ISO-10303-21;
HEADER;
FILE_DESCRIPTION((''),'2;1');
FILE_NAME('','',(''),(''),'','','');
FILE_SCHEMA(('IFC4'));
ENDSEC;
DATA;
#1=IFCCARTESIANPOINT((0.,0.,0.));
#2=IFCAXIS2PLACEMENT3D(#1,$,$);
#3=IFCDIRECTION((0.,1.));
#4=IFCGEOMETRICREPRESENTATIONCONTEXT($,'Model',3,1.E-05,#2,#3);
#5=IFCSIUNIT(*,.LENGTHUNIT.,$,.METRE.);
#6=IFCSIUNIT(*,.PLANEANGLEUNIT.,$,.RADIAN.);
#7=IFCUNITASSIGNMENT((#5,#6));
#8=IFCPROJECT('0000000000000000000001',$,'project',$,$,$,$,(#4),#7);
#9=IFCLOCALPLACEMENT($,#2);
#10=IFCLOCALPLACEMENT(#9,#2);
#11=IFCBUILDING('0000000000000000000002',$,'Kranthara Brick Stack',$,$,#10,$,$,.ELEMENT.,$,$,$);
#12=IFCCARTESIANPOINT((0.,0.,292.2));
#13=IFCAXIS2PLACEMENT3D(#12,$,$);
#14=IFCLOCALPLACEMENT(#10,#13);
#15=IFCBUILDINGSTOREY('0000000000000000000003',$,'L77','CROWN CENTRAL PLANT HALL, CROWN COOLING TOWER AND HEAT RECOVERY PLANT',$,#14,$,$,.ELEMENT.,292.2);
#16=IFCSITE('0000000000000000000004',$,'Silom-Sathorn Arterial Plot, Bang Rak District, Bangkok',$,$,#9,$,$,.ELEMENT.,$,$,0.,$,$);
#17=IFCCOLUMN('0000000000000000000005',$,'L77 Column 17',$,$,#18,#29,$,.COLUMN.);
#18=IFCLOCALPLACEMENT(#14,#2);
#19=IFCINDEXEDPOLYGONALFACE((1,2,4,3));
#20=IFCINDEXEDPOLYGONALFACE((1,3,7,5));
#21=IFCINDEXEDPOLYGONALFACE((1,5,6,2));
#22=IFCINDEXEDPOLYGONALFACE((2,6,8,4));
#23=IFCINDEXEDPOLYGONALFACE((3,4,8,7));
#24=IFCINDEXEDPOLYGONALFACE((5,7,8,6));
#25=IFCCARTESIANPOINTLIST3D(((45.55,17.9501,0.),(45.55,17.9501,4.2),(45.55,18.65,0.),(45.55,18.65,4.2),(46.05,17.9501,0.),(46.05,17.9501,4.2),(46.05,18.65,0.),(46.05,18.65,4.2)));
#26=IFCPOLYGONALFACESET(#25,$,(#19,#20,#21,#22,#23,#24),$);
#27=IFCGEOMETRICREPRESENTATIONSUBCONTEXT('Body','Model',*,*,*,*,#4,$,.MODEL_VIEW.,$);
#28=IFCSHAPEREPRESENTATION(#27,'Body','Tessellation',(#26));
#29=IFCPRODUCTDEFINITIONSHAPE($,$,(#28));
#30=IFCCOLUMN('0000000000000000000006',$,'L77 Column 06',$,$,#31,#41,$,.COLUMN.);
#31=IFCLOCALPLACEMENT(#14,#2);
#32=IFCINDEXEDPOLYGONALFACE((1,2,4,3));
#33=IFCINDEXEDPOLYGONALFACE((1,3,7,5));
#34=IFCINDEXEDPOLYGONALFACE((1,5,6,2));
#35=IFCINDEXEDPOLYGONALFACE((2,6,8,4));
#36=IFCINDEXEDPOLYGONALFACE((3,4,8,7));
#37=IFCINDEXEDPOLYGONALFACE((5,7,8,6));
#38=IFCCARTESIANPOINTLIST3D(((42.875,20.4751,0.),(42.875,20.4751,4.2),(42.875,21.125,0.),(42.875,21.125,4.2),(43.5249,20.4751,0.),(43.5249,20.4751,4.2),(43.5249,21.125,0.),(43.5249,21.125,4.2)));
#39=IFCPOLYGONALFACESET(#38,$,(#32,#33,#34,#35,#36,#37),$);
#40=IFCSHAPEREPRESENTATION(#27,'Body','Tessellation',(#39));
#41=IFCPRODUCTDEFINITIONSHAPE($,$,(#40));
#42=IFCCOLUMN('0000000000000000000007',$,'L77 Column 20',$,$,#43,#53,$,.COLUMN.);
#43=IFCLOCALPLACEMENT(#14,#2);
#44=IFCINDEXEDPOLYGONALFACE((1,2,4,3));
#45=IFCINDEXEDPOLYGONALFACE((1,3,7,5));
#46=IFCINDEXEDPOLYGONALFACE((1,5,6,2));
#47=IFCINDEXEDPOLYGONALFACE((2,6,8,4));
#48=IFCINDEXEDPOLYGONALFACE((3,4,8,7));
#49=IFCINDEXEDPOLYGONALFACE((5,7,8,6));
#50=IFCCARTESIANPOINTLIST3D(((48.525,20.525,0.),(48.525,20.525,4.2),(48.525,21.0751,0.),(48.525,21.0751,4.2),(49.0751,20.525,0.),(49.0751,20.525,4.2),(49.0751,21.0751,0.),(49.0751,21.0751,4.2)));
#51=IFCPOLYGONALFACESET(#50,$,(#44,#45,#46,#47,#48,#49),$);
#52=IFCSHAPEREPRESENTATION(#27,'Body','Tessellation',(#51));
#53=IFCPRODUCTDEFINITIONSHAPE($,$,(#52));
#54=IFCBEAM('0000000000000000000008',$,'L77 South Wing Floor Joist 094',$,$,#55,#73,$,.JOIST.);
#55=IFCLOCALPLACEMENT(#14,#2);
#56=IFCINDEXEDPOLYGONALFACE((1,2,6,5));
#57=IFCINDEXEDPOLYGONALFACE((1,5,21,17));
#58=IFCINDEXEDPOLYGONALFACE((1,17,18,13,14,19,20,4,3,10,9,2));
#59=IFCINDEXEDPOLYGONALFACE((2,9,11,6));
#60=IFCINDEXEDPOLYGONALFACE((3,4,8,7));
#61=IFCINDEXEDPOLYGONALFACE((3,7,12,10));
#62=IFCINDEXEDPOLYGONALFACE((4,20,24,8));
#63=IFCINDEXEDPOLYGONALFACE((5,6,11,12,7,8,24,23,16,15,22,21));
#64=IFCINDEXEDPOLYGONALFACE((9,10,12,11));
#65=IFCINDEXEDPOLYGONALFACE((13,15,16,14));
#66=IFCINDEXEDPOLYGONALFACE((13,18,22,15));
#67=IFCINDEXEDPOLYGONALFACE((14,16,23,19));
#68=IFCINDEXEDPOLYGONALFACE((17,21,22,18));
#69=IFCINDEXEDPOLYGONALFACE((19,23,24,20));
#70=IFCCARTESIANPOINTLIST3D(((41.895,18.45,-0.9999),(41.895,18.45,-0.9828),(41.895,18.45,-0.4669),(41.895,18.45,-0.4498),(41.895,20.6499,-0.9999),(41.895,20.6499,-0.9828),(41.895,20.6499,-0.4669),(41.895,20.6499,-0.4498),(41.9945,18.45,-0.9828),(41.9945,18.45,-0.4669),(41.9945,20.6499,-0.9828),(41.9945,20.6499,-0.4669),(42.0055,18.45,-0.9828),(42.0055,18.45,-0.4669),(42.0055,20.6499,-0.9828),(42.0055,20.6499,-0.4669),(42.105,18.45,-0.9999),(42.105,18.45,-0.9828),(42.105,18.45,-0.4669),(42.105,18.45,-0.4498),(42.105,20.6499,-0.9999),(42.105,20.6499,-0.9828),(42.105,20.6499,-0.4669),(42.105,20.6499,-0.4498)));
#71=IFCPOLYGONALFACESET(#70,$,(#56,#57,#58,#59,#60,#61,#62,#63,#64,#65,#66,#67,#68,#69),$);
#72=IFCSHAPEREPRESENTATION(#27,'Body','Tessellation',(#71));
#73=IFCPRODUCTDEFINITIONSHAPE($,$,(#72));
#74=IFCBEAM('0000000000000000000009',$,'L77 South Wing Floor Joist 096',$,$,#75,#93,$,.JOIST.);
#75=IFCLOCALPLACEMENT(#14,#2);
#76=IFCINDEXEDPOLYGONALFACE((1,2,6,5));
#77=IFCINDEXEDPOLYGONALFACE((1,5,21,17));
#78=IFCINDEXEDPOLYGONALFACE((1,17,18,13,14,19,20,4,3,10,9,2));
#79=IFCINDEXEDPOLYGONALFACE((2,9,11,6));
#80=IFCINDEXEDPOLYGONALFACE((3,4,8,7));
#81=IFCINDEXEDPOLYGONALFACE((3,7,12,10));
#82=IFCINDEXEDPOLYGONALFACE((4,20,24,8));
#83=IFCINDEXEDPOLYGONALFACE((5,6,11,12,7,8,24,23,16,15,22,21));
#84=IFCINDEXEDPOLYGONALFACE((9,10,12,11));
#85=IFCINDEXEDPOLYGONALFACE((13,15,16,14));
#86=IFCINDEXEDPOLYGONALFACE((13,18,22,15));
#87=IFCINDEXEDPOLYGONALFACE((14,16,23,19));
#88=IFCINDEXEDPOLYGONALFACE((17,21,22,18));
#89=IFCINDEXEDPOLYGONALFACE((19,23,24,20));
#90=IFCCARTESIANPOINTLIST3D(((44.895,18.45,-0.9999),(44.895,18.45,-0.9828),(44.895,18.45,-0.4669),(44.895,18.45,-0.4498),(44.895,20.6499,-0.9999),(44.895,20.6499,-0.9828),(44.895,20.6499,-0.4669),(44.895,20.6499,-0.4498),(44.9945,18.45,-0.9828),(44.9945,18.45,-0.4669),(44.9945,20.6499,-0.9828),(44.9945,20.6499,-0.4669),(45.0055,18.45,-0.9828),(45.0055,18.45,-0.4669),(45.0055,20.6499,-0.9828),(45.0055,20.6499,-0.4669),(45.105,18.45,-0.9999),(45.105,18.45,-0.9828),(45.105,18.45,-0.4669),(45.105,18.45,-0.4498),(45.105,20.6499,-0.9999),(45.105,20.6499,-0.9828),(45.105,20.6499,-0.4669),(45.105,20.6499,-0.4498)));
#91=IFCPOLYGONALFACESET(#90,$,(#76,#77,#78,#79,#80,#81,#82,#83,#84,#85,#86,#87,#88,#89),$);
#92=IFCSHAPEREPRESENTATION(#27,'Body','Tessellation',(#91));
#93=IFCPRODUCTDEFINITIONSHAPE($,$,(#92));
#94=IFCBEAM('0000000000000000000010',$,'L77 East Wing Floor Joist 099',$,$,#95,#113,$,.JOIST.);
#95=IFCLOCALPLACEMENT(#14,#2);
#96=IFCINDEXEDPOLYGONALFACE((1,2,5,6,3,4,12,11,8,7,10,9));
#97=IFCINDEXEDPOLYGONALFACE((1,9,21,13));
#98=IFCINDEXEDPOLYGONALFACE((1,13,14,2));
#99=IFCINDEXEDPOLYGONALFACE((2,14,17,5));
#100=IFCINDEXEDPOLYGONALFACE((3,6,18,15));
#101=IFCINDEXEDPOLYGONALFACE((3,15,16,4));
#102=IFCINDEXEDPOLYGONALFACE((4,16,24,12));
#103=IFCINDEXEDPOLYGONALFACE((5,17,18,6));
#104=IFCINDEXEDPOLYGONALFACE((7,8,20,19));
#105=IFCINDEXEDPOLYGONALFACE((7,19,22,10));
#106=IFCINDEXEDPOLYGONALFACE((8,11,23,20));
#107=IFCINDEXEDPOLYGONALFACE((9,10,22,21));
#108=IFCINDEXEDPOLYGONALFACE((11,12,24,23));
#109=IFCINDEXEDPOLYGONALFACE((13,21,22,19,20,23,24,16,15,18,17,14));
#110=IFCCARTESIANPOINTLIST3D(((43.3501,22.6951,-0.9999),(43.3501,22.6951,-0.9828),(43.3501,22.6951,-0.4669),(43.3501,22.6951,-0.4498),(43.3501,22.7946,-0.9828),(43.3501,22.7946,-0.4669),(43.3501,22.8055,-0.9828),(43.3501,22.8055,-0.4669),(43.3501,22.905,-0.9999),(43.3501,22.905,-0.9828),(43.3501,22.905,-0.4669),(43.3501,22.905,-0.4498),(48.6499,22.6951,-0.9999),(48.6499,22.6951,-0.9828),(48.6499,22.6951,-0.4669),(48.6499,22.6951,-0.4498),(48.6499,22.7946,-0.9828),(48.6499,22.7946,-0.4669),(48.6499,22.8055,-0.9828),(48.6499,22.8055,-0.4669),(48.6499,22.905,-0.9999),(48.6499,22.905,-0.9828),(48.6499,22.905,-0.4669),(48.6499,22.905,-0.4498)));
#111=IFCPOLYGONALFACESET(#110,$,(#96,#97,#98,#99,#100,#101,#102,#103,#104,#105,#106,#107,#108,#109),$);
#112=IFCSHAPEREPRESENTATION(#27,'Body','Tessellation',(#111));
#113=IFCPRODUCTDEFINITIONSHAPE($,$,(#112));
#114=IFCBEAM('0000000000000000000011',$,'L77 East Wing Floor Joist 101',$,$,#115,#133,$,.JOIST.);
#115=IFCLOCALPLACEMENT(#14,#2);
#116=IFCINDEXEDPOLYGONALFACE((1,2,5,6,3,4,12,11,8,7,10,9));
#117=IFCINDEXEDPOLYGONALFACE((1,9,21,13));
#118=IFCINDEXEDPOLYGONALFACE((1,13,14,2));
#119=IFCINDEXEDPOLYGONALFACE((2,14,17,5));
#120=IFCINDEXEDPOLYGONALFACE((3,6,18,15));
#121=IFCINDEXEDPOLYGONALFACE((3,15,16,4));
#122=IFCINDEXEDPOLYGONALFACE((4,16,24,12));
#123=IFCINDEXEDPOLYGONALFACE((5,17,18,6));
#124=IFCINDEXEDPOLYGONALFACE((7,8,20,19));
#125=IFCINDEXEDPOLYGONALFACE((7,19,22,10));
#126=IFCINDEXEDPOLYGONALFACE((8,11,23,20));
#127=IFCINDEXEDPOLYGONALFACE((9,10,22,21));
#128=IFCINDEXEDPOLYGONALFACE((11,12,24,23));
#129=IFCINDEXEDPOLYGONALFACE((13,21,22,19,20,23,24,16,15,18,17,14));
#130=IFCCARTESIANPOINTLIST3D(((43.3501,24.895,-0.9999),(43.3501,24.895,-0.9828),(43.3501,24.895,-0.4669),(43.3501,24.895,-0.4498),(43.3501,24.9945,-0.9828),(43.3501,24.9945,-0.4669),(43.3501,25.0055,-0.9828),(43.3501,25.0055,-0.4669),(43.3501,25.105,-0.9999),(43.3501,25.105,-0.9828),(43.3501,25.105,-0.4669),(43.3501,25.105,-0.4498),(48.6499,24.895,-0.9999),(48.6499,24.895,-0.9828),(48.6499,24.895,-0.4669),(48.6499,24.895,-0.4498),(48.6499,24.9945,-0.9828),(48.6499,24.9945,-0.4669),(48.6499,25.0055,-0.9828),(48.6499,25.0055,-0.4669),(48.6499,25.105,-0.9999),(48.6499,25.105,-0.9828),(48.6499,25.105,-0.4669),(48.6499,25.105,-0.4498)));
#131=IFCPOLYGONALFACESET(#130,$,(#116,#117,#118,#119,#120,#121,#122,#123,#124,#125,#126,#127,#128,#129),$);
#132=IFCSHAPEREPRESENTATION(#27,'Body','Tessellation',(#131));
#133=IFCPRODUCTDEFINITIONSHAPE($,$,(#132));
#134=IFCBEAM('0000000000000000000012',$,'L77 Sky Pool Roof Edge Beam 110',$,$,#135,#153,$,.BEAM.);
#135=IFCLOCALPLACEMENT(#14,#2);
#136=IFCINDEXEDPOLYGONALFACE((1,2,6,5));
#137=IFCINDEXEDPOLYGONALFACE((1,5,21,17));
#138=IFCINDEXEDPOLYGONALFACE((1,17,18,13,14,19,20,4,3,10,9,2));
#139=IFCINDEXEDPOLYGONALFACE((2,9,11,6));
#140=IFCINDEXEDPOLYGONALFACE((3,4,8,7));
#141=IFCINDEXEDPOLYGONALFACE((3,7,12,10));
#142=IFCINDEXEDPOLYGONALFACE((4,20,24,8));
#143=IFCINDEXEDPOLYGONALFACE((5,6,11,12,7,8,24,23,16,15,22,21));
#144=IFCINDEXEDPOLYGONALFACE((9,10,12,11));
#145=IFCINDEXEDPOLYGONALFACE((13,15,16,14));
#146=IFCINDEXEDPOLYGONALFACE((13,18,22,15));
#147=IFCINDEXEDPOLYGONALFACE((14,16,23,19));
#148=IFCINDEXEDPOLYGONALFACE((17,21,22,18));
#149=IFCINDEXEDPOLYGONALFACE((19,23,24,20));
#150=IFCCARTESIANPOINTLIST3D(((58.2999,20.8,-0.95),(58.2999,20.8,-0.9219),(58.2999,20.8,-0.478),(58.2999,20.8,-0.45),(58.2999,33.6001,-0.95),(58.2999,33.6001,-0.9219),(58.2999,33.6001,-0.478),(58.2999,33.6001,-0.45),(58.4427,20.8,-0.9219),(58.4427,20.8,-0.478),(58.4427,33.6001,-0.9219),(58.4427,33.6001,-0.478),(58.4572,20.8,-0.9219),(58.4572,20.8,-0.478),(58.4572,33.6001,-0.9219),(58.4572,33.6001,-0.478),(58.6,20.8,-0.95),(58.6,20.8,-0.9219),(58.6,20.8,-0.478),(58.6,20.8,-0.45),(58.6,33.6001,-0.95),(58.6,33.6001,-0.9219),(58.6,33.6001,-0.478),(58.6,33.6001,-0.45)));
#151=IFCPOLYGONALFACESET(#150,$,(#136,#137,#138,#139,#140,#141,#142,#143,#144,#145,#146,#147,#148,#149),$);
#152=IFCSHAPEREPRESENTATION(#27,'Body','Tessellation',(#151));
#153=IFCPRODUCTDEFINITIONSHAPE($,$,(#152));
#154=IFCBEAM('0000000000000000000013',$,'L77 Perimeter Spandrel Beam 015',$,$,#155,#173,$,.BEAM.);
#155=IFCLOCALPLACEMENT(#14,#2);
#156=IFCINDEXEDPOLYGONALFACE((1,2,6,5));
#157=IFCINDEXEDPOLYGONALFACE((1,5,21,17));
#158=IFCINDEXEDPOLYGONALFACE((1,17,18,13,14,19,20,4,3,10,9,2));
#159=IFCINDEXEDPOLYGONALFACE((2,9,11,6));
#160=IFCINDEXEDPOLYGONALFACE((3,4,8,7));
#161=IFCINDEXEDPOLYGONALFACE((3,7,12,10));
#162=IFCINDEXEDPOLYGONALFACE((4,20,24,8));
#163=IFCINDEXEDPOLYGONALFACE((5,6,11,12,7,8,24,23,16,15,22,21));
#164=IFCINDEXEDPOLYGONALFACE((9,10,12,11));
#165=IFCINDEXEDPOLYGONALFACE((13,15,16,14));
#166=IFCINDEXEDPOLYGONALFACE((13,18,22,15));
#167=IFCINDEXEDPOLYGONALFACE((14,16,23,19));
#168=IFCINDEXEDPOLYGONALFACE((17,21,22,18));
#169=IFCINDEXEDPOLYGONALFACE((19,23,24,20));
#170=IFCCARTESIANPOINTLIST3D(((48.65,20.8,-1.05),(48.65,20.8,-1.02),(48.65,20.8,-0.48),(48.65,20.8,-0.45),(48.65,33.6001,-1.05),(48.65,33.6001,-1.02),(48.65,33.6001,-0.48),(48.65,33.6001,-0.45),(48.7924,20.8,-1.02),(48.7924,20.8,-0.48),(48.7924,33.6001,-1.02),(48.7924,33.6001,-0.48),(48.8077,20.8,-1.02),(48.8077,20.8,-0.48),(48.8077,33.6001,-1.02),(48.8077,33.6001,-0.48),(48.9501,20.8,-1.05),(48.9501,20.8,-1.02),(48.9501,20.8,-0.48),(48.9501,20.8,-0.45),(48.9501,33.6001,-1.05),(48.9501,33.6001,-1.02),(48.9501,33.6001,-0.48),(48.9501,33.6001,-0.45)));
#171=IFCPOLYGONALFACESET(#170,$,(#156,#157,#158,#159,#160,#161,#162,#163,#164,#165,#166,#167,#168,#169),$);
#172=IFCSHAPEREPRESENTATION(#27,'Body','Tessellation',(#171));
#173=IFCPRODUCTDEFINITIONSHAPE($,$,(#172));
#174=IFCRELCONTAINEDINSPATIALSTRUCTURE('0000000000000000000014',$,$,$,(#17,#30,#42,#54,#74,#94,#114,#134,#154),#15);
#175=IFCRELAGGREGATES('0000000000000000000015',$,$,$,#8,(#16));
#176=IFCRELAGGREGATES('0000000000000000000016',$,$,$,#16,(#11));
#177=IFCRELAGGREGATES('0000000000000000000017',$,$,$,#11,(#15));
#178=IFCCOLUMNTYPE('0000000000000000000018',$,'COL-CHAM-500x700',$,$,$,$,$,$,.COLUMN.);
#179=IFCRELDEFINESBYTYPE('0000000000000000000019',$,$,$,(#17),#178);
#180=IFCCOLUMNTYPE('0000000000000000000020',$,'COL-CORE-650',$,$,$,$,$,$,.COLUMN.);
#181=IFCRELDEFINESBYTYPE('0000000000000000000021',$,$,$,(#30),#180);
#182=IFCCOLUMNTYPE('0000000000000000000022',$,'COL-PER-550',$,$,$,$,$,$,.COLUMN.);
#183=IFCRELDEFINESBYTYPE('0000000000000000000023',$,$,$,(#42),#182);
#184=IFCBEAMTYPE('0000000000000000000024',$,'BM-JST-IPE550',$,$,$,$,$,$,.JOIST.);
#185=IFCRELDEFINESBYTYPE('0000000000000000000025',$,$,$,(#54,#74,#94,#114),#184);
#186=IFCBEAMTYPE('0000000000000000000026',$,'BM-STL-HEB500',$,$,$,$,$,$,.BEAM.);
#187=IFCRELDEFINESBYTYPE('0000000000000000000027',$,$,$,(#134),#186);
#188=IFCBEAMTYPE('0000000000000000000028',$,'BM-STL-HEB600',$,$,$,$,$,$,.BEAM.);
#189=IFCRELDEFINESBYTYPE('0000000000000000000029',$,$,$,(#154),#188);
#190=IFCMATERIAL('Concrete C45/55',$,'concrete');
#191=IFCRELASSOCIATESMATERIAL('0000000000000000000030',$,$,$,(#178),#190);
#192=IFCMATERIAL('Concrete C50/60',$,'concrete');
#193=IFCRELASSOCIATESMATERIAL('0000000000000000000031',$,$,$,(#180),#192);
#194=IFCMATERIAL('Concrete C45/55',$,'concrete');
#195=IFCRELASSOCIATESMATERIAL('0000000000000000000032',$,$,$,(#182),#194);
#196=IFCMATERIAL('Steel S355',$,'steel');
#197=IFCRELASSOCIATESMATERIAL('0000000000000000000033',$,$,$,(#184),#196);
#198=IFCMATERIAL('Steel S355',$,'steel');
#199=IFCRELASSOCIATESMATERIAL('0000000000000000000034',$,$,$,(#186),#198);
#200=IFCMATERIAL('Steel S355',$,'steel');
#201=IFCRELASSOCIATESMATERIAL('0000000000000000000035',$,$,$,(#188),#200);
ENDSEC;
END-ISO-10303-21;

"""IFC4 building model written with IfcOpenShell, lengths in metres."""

from ifc_helpers import new_model, si_unit, direction, frame, origin, origin_2d, place, context, subcontext, project, spatial, rectangle, i_section, extrude, material, material_profile, profile_set, type_object, element, save


model = new_model("IFC4")

# Units and contexts
model_context = context("Model", 3, precision=1e-05, world=origin(), true_north=direction((0.0, 1.0)))
body_context = subcontext(model_context, "Body", "Model", "MODEL_VIEW")
ifc_project = project(units=[si_unit("LENGTHUNIT", "METRE"), si_unit("PLANEANGLEUNIT", "RADIAN")], contexts=[model_context])

# Site, building, storey
site_placement = place(None, origin())
site = spatial("IfcSite", under=ifc_project, at=site_placement, Name="Silom-Sathorn Arterial Plot, Bang Rak District, Bangkok", CompositionType="ELEMENT", RefElevation=0.0)
building_placement = place(site_placement, origin())
building = spatial("IfcBuilding", under=site, at=building_placement, Name="Kranthara Brick Stack", CompositionType="ELEMENT")
storey_placement = place(building_placement, frame((0.0, 0.0, 292.2)))
storey = spatial("IfcBuildingStorey", under=building, at=storey_placement, Name="L77", Description="CROWN CENTRAL PLANT HALL, CROWN COOLING TOWER AND HEAT RECOVERY PLANT", CompositionType="ELEMENT", Elevation=292.2)

# Columns
ifc_material_1 = material(Name="Concrete C45/55", Category="concrete")
ifc_material_profile_1 = material_profile(ifc_material_1, rectangle(XDim=0.5, YDim=0.7, at=origin_2d()), Name="RC 500x700")
ifc_profile_set_1 = profile_set([ifc_material_profile_1], Name="Concrete C45/55")
column_type_1 = type_object("IfcColumnType", Name="COL-CHAM-500x700", PredefinedType="COLUMN", material=ifc_profile_set_1)
column_1_placement = place(storey_placement, frame((45.8, 18.3, 0.0), z_axis=(0.0, 0.0, 1.0), x_axis=(1.0, 0.0, 0.0)))
element("IfcColumn", 1, at=column_1_placement, inside=storey, type_object=column_type_1, Name="L77 Column 17", PredefinedType="COLUMN", context=body_context, shape_type="SweptSolid", body=[
    extrude(rectangle(XDim=0.5, YDim=0.7, at=origin_2d()), origin(), (0.0, 0.0, 1.0), 4.2),
])
ifc_material_2 = material(Name="Concrete C50/60", Category="concrete")
ifc_material_profile_2 = material_profile(ifc_material_2, rectangle(XDim=0.6499, YDim=0.6499, at=origin_2d()), Name="RC 650x650")
ifc_profile_set_2 = profile_set([ifc_material_profile_2], Name="Concrete C50/60")
column_type_2 = type_object("IfcColumnType", Name="COL-CORE-650", PredefinedType="COLUMN", material=ifc_profile_set_2)
column_2_placement = place(storey_placement, frame((43.2, 20.8, 0.0), z_axis=(0.0, 0.0, 1.0), x_axis=(1.0, 0.0, 0.0)))
element("IfcColumn", 2, at=column_2_placement, inside=storey, type_object=column_type_2, Name="L77 Column 06", PredefinedType="COLUMN", context=body_context, shape_type="SweptSolid", body=[
    extrude(rectangle(XDim=0.6499, YDim=0.6499, at=origin_2d()), origin(), (0.0, 0.0, 1.0), 4.2),
])
ifc_material_3 = material(Name="Concrete C45/55", Category="concrete")
ifc_material_profile_3 = material_profile(ifc_material_3, rectangle(XDim=0.55, YDim=0.55, at=origin_2d()), Name="RC 550x550")
ifc_profile_set_3 = profile_set([ifc_material_profile_3], Name="Concrete C45/55")
column_type_3 = type_object("IfcColumnType", Name="COL-PER-550", PredefinedType="COLUMN", material=ifc_profile_set_3)
column_3_placement = place(storey_placement, frame((48.8, 20.8, 0.0), z_axis=(0.0, 0.0, 1.0), x_axis=(1.0, 0.0, 0.0)))
element("IfcColumn", 3, at=column_3_placement, inside=storey, type_object=column_type_3, Name="L77 Column 20", PredefinedType="COLUMN", context=body_context, shape_type="SweptSolid", body=[
    extrude(rectangle(XDim=0.55, YDim=0.55, at=origin_2d()), origin(), (0.0, 0.0, 1.0), 4.2),
])

# Beams
ifc_material_4 = material(Name="Steel S355", Category="steel")
ifc_material_profile_4 = material_profile(ifc_material_4, i_section(OverallWidth=0.21, OverallDepth=0.55, WebThickness=0.011, FlangeThickness=0.0171, at=origin_2d()), Name="IPE 550")
ifc_profile_set_4 = profile_set([ifc_material_profile_4], Name="Steel S355")
beam_type_1 = type_object("IfcBeamType", Name="BM-JST-IPE550", PredefinedType="JOIST", material=ifc_profile_set_4)
for number, where, z_axis, x_axis, name in (
    (4, (42.0, 18.45, -0.7249), (0.0, 1.0, 0.0), (-1.0, 0.0, 0.0), "L77 South Wing Floor Joist 094"),
    (5, (45.0, 18.45, -0.7249), (0.0, 1.0, 0.0), (-1.0, 0.0, 0.0), "L77 South Wing Floor Joist 096"),
):
    element("IfcBeam", number, at=place(storey_placement, frame(where, z_axis=z_axis, x_axis=x_axis)), inside=storey, type_object=beam_type_1, Name=name, PredefinedType="JOIST", context=body_context, shape_type="SweptSolid", body=[
        extrude(i_section(OverallWidth=0.21, OverallDepth=0.55, WebThickness=0.011, FlangeThickness=0.0171, at=origin_2d()), origin(), (0.0, 0.0, 1.0), 2.2),
    ])
for number, where, z_axis, x_axis, name in (
    (6, (43.3501, 22.8, -0.7249), (1.0, 0.0, 0.0), (0.0, 1.0, 0.0), "L77 East Wing Floor Joist 099"),
    (7, (43.3501, 25.0, -0.7249), (1.0, 0.0, 0.0), (0.0, 1.0, 0.0), "L77 East Wing Floor Joist 101"),
):
    element("IfcBeam", number, at=place(storey_placement, frame(where, z_axis=z_axis, x_axis=x_axis)), inside=storey, type_object=beam_type_1, Name=name, PredefinedType="JOIST", context=body_context, shape_type="SweptSolid", body=[
        extrude(i_section(OverallWidth=0.21, OverallDepth=0.55, WebThickness=0.011, FlangeThickness=0.0171, at=origin_2d()), origin(), (0.0, 0.0, 1.0), 5.2998),
    ])
ifc_material_5 = material(Name="Steel S355", Category="steel")
ifc_material_profile_5 = material_profile(ifc_material_5, i_section(OverallWidth=0.3, OverallDepth=0.5, WebThickness=0.0144, FlangeThickness=0.0281, at=origin_2d()), Name="HEB 500")
ifc_profile_set_5 = profile_set([ifc_material_profile_5], Name="Steel S355")
beam_type_2 = type_object("IfcBeamType", Name="BM-STL-HEB500", PredefinedType="BEAM", material=ifc_profile_set_5)
beam_1_placement = place(storey_placement, frame((58.45, 20.8, -0.7), z_axis=(0.0, 1.0, 0.0), x_axis=(-1.0, 0.0, 0.0)))
element("IfcBeam", 8, at=beam_1_placement, inside=storey, type_object=beam_type_2, Name="L77 Sky Pool Roof Edge Beam 110", PredefinedType="BEAM", context=body_context, shape_type="SweptSolid", body=[
    extrude(i_section(OverallWidth=0.3, OverallDepth=0.5, WebThickness=0.0144, FlangeThickness=0.0281, at=origin_2d()), origin(), (0.0, 0.0, 1.0), 12.8),
])
ifc_material_6 = material(Name="Steel S355", Category="steel")
ifc_material_profile_6 = material_profile(ifc_material_6, i_section(OverallWidth=0.3, OverallDepth=0.6001, WebThickness=0.0154, FlangeThickness=0.03, at=origin_2d()), Name="HEB 600")
ifc_profile_set_6 = profile_set([ifc_material_profile_6], Name="Steel S355")
beam_type_3 = type_object("IfcBeamType", Name="BM-STL-HEB600", PredefinedType="BEAM", material=ifc_profile_set_6)
beam_2_placement = place(storey_placement, frame((48.8, 20.8, -0.75), z_axis=(0.0, 1.0, 0.0), x_axis=(-1.0, 0.0, 0.0)))
element("IfcBeam", 9, at=beam_2_placement, inside=storey, type_object=beam_type_3, Name="L77 Perimeter Spandrel Beam 015", PredefinedType="BEAM", context=body_context, shape_type="SweptSolid", body=[
    extrude(i_section(OverallWidth=0.3, OverallDepth=0.6001, WebThickness=0.0154, FlangeThickness=0.03, at=origin_2d()), origin(), (0.0, 0.0, 1.0), 12.8),
])

save(model, "model.ifc")
